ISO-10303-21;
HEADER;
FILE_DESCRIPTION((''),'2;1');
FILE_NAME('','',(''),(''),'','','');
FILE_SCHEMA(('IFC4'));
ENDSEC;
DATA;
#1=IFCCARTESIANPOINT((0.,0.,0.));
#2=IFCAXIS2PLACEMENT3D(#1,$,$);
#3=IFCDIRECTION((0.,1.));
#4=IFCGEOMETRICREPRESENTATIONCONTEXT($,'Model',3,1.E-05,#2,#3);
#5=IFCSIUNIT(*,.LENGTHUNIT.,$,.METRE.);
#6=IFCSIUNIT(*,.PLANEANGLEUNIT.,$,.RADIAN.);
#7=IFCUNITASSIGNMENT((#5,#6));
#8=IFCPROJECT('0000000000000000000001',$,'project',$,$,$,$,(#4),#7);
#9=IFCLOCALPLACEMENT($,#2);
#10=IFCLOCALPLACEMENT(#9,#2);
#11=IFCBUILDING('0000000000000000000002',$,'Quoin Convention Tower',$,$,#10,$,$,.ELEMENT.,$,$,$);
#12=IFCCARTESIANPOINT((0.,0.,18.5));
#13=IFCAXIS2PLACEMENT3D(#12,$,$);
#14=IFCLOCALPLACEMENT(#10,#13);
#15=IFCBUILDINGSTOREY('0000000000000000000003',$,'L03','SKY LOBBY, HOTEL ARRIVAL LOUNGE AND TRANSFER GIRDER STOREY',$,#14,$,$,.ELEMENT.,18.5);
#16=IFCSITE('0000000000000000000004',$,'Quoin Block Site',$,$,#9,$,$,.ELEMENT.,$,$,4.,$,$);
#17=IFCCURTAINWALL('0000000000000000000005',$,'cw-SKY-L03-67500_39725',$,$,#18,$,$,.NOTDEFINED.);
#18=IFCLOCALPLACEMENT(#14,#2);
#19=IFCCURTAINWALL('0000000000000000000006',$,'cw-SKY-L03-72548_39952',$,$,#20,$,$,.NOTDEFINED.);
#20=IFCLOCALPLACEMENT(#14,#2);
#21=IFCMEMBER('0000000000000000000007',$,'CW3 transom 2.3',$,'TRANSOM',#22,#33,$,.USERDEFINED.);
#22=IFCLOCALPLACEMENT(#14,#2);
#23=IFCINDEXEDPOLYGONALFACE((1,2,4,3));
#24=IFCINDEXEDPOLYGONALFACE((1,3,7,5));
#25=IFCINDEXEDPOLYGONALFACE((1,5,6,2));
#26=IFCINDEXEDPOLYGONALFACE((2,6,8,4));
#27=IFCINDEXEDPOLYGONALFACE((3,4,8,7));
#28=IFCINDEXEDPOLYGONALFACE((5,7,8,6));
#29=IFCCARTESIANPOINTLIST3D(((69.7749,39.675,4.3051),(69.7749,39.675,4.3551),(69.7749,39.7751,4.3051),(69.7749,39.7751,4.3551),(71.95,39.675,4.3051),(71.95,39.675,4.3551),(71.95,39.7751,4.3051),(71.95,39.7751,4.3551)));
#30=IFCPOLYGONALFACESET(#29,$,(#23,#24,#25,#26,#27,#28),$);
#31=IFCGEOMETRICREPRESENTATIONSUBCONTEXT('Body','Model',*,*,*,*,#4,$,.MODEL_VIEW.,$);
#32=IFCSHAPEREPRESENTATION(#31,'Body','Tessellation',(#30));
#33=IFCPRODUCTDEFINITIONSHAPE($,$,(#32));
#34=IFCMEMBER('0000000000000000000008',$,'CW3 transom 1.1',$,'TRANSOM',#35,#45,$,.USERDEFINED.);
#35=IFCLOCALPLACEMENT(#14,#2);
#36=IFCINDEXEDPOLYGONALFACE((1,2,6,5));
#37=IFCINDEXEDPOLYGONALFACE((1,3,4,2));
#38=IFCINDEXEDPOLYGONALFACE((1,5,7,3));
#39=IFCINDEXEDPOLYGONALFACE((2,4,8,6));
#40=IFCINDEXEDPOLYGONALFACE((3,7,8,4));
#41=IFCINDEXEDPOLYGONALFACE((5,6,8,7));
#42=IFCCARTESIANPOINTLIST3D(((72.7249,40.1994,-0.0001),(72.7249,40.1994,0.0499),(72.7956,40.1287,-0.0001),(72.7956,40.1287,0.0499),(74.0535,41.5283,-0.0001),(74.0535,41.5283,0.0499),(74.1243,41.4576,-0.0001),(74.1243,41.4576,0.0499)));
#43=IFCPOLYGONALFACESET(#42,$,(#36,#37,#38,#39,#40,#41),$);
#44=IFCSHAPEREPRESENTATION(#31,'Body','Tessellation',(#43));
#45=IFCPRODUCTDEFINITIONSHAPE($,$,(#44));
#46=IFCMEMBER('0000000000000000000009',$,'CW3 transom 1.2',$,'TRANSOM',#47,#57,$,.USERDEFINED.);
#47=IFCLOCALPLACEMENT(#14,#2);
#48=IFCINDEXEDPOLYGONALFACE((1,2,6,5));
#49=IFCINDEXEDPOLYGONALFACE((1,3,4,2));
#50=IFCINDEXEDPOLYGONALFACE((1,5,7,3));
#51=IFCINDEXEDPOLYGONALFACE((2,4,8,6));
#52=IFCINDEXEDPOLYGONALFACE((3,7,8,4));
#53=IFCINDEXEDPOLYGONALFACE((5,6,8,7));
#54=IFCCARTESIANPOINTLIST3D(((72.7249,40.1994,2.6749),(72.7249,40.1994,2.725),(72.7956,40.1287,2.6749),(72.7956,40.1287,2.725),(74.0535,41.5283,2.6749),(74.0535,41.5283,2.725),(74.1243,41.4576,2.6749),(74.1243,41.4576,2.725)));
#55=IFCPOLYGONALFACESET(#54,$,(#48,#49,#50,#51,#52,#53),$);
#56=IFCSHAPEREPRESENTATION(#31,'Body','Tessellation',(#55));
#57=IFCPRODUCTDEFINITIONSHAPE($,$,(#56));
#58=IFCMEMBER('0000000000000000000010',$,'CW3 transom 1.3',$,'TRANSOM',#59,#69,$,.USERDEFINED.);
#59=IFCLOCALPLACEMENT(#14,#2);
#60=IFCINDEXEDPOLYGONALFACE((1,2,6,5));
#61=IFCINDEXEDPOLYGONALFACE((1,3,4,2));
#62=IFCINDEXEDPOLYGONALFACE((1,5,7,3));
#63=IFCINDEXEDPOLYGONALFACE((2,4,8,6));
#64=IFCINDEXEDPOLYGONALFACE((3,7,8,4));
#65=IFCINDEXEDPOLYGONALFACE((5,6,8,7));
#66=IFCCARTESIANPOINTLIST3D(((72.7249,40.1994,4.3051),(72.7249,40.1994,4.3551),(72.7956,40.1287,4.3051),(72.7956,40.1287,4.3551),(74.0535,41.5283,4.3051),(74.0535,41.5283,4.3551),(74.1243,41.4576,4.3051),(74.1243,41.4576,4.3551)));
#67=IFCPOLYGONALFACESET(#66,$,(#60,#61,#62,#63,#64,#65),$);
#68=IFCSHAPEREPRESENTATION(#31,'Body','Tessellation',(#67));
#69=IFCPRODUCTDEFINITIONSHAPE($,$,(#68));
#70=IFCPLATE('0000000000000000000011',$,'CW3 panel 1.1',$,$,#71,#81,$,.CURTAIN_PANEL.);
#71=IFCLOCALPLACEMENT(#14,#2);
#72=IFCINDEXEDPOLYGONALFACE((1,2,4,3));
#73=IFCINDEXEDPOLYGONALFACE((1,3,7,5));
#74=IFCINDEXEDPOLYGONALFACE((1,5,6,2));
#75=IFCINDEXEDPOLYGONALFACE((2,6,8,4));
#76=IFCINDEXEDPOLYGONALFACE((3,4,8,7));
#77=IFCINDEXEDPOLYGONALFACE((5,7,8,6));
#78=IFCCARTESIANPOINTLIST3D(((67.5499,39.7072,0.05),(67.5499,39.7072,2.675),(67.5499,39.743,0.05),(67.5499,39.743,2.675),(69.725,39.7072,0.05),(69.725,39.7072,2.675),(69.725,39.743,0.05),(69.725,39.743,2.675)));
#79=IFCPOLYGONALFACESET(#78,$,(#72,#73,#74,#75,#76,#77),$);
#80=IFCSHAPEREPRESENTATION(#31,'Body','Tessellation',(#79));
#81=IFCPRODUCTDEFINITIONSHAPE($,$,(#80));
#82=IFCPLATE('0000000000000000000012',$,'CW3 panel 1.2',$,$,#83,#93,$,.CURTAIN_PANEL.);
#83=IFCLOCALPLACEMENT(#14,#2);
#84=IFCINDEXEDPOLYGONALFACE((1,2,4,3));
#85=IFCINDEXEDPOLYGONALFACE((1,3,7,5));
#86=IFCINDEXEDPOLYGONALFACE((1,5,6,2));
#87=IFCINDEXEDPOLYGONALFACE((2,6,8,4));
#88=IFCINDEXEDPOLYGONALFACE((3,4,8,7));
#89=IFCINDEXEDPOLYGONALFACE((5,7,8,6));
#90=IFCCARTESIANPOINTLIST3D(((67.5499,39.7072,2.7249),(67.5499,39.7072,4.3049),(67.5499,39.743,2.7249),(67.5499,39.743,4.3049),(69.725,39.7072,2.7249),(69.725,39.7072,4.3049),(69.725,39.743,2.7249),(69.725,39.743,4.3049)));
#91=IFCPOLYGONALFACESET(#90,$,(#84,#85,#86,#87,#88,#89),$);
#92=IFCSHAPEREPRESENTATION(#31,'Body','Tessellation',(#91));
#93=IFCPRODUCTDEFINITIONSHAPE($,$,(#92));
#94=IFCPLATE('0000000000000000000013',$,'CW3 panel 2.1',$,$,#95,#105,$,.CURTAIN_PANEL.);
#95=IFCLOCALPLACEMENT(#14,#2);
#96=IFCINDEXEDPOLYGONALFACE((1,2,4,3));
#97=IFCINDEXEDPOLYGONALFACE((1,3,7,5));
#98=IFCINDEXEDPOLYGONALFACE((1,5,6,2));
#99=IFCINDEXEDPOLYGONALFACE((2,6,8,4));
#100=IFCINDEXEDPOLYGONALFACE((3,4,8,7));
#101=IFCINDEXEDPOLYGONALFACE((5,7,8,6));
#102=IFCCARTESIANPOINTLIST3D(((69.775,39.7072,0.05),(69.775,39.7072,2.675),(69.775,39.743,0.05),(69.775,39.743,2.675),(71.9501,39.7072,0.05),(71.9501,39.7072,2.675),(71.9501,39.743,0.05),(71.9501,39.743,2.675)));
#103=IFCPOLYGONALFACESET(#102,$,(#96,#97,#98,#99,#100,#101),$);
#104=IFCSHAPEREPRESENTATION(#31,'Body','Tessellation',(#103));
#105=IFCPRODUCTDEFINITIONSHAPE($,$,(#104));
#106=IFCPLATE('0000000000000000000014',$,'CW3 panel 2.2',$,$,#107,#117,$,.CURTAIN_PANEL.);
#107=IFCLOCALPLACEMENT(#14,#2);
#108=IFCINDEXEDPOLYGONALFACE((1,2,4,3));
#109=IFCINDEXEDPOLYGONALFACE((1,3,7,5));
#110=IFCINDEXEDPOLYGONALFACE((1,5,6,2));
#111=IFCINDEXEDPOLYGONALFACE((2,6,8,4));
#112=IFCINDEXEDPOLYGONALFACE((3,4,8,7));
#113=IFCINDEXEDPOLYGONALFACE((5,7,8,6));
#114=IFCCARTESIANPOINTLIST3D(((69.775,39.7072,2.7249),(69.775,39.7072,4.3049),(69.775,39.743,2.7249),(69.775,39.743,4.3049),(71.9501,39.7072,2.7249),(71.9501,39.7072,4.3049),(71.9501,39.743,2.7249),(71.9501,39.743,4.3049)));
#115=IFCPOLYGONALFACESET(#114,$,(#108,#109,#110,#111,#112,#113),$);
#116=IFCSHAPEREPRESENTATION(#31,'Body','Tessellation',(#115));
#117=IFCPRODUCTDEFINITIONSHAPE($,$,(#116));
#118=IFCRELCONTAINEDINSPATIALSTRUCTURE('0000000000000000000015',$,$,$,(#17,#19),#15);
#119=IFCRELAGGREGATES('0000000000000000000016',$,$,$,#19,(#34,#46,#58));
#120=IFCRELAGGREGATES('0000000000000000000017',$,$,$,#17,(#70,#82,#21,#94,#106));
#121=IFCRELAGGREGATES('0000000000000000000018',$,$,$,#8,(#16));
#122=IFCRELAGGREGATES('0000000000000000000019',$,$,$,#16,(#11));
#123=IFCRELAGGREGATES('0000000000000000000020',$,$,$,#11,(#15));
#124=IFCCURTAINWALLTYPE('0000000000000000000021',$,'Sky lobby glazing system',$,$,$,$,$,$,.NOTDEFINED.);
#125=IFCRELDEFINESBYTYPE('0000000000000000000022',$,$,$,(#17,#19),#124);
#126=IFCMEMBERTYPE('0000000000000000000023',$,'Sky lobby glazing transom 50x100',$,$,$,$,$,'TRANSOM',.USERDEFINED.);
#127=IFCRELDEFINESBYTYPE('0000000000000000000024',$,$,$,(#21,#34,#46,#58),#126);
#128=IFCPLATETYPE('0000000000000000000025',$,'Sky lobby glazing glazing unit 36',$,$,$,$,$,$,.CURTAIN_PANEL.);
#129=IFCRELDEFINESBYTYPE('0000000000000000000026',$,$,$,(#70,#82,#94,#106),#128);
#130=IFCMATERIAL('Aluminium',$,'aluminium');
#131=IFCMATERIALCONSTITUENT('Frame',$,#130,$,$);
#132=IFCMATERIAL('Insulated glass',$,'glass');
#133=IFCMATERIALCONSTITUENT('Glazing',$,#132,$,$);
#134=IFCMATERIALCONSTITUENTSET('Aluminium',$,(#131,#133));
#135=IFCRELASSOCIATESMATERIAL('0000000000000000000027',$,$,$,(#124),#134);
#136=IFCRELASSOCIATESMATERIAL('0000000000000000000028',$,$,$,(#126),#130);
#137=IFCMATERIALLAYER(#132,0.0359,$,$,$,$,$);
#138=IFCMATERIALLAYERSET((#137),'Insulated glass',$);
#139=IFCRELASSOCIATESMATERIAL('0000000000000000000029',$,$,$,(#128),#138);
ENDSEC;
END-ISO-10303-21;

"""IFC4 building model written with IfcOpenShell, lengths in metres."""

from ifc_helpers import new_model, si_unit, direction, frame, origin, origin_2d, place, context, subcontext, project, spatial, rectangle, extrude, material, layer, layer_set, constituent, constituent_set, material_profile, profile_set, type_object, element, aggregate, save


model = new_model("IFC4")

# Units and contexts
model_context = context("Model", 3, precision=1e-05, world=origin(), true_north=direction((0.0, 1.0)))
body_context = subcontext(model_context, "Body", "Model", "MODEL_VIEW")
ifc_project = project(units=[si_unit("LENGTHUNIT", "METRE"), si_unit("PLANEANGLEUNIT", "RADIAN")], contexts=[model_context])

# Site, building, storey
site_placement = place(None, origin())
site = spatial("IfcSite", under=ifc_project, at=site_placement, Name="Quoin Block Site", CompositionType="ELEMENT", RefElevation=4.0)
building_placement = place(site_placement, origin())
building = spatial("IfcBuilding", under=site, at=building_placement, Name="Quoin Convention Tower", CompositionType="ELEMENT")
storey_placement = place(building_placement, frame((0.0, 0.0, 18.5)))
storey = spatial("IfcBuildingStorey", under=building, at=storey_placement, Name="L03", Description="SKY LOBBY, HOTEL ARRIVAL LOUNGE AND TRANSFER GIRDER STOREY", CompositionType="ELEMENT", Elevation=18.5)

# Curtain wall
ifc_material_1 = material(Name="Aluminium", Category="aluminium")
ifc_constituent_1 = constituent(ifc_material_1, Name="Frame")
ifc_material_2 = material(Name="Insulated glass", Category="glass")
ifc_constituent_2 = constituent(ifc_material_2, Name="Glazing")
ifc_constituent_set = constituent_set(constituents=[ifc_constituent_1, ifc_constituent_2], Name="Aluminium")
curtain_wall_type = type_object("IfcCurtainWallType", Name="Sky lobby glazing system", PredefinedType="NOTDEFINED", material=ifc_constituent_set)
curtain_wall_1_placement = place(storey_placement, origin())
curtain_wall_1 = element("IfcCurtainWall", 1, at=curtain_wall_1_placement, inside=storey, type_object=curtain_wall_type, Name="cw-SKY-L03-67500_39725", PredefinedType="NOTDEFINED")

# Curtain wall
curtain_wall_2_placement = place(storey_placement, origin())
curtain_wall_2 = element("IfcCurtainWall", 2, at=curtain_wall_2_placement, inside=storey, type_object=curtain_wall_type, Name="cw-SKY-L03-72548_39952", PredefinedType="NOTDEFINED")

# Members
ifc_material_profile_1 = material_profile(ifc_material_1, rectangle(XDim=0.1001, YDim=0.05, at=origin_2d()), Name="Sky lobby glazing transom 50x100")
ifc_profile_set_1 = profile_set([ifc_material_profile_1], Name="Aluminium")
member_type_1 = type_object("IfcMemberType", Name="Sky lobby glazing transom 50x100", ElementType="TRANSOM", PredefinedType="USERDEFINED", material=ifc_profile_set_1)
member_1_placement = place(storey_placement, frame((69.7749, 39.7251, 4.3301), z_axis=(1.0, 0.0, 0.0), x_axis=(0.0, 1.0, 0.0)))
member_1 = element("IfcMember", 3, at=member_1_placement, type_object=member_type_1, Name="CW3 transom 2.3", ObjectType="TRANSOM", PredefinedType="USERDEFINED", context=body_context, shape_type="SweptSolid", body=[
    extrude(rectangle(XDim=0.1001, YDim=0.05, at=origin_2d()), origin(), (0.0, 0.0, 1.0), 2.175),
])
member_2_placement = place(storey_placement, frame((72.7603, 40.1641, 0.0249), z_axis=(0.707042, 0.707172, 0.0), x_axis=(-0.707172, 0.707042, 0.0)))
member_2 = element("IfcMember", 4, at=member_2_placement, type_object=member_type_1, Name="CW3 transom 1.1", ObjectType="TRANSOM", PredefinedType="USERDEFINED", context=body_context, shape_type="SweptSolid", body=[
    extrude(rectangle(XDim=0.1001, YDim=0.05, at=origin_2d()), origin(), (0.0, 0.0, 1.0), 1.8792),
])
member_3_placement = place(storey_placement, frame((72.7603, 40.1641, 2.7), z_axis=(0.707042, 0.707172, 0.0), x_axis=(-0.707172, 0.707042, 0.0)))
member_3 = element("IfcMember", 5, at=member_3_placement, type_object=member_type_1, Name="CW3 transom 1.2", ObjectType="TRANSOM", PredefinedType="USERDEFINED", context=body_context, shape_type="SweptSolid", body=[
    extrude(rectangle(XDim=0.1001, YDim=0.05, at=origin_2d()), origin(), (0.0, 0.0, 1.0), 1.8792),
])
member_4_placement = place(storey_placement, frame((72.7603, 40.1641, 4.3301), z_axis=(0.707042, 0.707172, 0.0), x_axis=(-0.707172, 0.707042, 0.0)))
member_4 = element("IfcMember", 6, at=member_4_placement, type_object=member_type_1, Name="CW3 transom 1.3", ObjectType="TRANSOM", PredefinedType="USERDEFINED", context=body_context, shape_type="SweptSolid", body=[
    extrude(rectangle(XDim=0.1001, YDim=0.05, at=origin_2d()), origin(), (0.0, 0.0, 1.0), 1.8792),
])
aggregate(curtain_wall_2, [member_2, member_3, member_4])

# Plates
ifc_layer = layer(ifc_material_2, 0.0359)
ifc_layer_set = layer_set([ifc_layer], Name="Insulated glass")
plate_type = type_object("IfcPlateType", Name="Sky lobby glazing glazing unit 36", PredefinedType="CURTAIN_PANEL", material=ifc_layer_set)
plate_1_placement = place(storey_placement, frame((68.6375, 39.7251, 0.05), z_axis=(0.0, 0.0, 1.0), x_axis=(1.0, 0.0, 0.0)))
plate_1 = element("IfcPlate", 7, at=plate_1_placement, type_object=plate_type, Name="CW3 panel 1.1", PredefinedType="CURTAIN_PANEL", context=body_context, shape_type="SweptSolid", body=[
    extrude(rectangle(XDim=2.175, YDim=0.0359, at=origin_2d()), origin(), (0.0, 0.0, 1.0), 2.625),
])
plate_2_placement = place(storey_placement, frame((68.6375, 39.7251, 2.7249), z_axis=(0.0, 0.0, 1.0), x_axis=(1.0, 0.0, 0.0)))
plate_2 = element("IfcPlate", 8, at=plate_2_placement, type_object=plate_type, Name="CW3 panel 1.2", PredefinedType="CURTAIN_PANEL", context=body_context, shape_type="SweptSolid", body=[
    extrude(rectangle(XDim=2.175, YDim=0.0359, at=origin_2d()), origin(), (0.0, 0.0, 1.0), 1.5801),
])
plate_3_placement = place(storey_placement, frame((70.8625, 39.7251, 0.05), z_axis=(0.0, 0.0, 1.0), x_axis=(1.0, 0.0, 0.0)))
plate_3 = element("IfcPlate", 9, at=plate_3_placement, type_object=plate_type, Name="CW3 panel 2.1", PredefinedType="CURTAIN_PANEL", context=body_context, shape_type="SweptSolid", body=[
    extrude(rectangle(XDim=2.175, YDim=0.0359, at=origin_2d()), origin(), (0.0, 0.0, 1.0), 2.625),
])
plate_4_placement = place(storey_placement, frame((70.8625, 39.7251, 2.7249), z_axis=(0.0, 0.0, 1.0), x_axis=(1.0, 0.0, 0.0)))
plate_4 = element("IfcPlate", 10, at=plate_4_placement, type_object=plate_type, Name="CW3 panel 2.2", PredefinedType="CURTAIN_PANEL", context=body_context, shape_type="SweptSolid", body=[
    extrude(rectangle(XDim=2.175, YDim=0.0359, at=origin_2d()), origin(), (0.0, 0.0, 1.0), 1.5801),
])
aggregate(curtain_wall_1, [plate_1, plate_2, member_1, plate_3, plate_4])

save(model, "model.ifc")
